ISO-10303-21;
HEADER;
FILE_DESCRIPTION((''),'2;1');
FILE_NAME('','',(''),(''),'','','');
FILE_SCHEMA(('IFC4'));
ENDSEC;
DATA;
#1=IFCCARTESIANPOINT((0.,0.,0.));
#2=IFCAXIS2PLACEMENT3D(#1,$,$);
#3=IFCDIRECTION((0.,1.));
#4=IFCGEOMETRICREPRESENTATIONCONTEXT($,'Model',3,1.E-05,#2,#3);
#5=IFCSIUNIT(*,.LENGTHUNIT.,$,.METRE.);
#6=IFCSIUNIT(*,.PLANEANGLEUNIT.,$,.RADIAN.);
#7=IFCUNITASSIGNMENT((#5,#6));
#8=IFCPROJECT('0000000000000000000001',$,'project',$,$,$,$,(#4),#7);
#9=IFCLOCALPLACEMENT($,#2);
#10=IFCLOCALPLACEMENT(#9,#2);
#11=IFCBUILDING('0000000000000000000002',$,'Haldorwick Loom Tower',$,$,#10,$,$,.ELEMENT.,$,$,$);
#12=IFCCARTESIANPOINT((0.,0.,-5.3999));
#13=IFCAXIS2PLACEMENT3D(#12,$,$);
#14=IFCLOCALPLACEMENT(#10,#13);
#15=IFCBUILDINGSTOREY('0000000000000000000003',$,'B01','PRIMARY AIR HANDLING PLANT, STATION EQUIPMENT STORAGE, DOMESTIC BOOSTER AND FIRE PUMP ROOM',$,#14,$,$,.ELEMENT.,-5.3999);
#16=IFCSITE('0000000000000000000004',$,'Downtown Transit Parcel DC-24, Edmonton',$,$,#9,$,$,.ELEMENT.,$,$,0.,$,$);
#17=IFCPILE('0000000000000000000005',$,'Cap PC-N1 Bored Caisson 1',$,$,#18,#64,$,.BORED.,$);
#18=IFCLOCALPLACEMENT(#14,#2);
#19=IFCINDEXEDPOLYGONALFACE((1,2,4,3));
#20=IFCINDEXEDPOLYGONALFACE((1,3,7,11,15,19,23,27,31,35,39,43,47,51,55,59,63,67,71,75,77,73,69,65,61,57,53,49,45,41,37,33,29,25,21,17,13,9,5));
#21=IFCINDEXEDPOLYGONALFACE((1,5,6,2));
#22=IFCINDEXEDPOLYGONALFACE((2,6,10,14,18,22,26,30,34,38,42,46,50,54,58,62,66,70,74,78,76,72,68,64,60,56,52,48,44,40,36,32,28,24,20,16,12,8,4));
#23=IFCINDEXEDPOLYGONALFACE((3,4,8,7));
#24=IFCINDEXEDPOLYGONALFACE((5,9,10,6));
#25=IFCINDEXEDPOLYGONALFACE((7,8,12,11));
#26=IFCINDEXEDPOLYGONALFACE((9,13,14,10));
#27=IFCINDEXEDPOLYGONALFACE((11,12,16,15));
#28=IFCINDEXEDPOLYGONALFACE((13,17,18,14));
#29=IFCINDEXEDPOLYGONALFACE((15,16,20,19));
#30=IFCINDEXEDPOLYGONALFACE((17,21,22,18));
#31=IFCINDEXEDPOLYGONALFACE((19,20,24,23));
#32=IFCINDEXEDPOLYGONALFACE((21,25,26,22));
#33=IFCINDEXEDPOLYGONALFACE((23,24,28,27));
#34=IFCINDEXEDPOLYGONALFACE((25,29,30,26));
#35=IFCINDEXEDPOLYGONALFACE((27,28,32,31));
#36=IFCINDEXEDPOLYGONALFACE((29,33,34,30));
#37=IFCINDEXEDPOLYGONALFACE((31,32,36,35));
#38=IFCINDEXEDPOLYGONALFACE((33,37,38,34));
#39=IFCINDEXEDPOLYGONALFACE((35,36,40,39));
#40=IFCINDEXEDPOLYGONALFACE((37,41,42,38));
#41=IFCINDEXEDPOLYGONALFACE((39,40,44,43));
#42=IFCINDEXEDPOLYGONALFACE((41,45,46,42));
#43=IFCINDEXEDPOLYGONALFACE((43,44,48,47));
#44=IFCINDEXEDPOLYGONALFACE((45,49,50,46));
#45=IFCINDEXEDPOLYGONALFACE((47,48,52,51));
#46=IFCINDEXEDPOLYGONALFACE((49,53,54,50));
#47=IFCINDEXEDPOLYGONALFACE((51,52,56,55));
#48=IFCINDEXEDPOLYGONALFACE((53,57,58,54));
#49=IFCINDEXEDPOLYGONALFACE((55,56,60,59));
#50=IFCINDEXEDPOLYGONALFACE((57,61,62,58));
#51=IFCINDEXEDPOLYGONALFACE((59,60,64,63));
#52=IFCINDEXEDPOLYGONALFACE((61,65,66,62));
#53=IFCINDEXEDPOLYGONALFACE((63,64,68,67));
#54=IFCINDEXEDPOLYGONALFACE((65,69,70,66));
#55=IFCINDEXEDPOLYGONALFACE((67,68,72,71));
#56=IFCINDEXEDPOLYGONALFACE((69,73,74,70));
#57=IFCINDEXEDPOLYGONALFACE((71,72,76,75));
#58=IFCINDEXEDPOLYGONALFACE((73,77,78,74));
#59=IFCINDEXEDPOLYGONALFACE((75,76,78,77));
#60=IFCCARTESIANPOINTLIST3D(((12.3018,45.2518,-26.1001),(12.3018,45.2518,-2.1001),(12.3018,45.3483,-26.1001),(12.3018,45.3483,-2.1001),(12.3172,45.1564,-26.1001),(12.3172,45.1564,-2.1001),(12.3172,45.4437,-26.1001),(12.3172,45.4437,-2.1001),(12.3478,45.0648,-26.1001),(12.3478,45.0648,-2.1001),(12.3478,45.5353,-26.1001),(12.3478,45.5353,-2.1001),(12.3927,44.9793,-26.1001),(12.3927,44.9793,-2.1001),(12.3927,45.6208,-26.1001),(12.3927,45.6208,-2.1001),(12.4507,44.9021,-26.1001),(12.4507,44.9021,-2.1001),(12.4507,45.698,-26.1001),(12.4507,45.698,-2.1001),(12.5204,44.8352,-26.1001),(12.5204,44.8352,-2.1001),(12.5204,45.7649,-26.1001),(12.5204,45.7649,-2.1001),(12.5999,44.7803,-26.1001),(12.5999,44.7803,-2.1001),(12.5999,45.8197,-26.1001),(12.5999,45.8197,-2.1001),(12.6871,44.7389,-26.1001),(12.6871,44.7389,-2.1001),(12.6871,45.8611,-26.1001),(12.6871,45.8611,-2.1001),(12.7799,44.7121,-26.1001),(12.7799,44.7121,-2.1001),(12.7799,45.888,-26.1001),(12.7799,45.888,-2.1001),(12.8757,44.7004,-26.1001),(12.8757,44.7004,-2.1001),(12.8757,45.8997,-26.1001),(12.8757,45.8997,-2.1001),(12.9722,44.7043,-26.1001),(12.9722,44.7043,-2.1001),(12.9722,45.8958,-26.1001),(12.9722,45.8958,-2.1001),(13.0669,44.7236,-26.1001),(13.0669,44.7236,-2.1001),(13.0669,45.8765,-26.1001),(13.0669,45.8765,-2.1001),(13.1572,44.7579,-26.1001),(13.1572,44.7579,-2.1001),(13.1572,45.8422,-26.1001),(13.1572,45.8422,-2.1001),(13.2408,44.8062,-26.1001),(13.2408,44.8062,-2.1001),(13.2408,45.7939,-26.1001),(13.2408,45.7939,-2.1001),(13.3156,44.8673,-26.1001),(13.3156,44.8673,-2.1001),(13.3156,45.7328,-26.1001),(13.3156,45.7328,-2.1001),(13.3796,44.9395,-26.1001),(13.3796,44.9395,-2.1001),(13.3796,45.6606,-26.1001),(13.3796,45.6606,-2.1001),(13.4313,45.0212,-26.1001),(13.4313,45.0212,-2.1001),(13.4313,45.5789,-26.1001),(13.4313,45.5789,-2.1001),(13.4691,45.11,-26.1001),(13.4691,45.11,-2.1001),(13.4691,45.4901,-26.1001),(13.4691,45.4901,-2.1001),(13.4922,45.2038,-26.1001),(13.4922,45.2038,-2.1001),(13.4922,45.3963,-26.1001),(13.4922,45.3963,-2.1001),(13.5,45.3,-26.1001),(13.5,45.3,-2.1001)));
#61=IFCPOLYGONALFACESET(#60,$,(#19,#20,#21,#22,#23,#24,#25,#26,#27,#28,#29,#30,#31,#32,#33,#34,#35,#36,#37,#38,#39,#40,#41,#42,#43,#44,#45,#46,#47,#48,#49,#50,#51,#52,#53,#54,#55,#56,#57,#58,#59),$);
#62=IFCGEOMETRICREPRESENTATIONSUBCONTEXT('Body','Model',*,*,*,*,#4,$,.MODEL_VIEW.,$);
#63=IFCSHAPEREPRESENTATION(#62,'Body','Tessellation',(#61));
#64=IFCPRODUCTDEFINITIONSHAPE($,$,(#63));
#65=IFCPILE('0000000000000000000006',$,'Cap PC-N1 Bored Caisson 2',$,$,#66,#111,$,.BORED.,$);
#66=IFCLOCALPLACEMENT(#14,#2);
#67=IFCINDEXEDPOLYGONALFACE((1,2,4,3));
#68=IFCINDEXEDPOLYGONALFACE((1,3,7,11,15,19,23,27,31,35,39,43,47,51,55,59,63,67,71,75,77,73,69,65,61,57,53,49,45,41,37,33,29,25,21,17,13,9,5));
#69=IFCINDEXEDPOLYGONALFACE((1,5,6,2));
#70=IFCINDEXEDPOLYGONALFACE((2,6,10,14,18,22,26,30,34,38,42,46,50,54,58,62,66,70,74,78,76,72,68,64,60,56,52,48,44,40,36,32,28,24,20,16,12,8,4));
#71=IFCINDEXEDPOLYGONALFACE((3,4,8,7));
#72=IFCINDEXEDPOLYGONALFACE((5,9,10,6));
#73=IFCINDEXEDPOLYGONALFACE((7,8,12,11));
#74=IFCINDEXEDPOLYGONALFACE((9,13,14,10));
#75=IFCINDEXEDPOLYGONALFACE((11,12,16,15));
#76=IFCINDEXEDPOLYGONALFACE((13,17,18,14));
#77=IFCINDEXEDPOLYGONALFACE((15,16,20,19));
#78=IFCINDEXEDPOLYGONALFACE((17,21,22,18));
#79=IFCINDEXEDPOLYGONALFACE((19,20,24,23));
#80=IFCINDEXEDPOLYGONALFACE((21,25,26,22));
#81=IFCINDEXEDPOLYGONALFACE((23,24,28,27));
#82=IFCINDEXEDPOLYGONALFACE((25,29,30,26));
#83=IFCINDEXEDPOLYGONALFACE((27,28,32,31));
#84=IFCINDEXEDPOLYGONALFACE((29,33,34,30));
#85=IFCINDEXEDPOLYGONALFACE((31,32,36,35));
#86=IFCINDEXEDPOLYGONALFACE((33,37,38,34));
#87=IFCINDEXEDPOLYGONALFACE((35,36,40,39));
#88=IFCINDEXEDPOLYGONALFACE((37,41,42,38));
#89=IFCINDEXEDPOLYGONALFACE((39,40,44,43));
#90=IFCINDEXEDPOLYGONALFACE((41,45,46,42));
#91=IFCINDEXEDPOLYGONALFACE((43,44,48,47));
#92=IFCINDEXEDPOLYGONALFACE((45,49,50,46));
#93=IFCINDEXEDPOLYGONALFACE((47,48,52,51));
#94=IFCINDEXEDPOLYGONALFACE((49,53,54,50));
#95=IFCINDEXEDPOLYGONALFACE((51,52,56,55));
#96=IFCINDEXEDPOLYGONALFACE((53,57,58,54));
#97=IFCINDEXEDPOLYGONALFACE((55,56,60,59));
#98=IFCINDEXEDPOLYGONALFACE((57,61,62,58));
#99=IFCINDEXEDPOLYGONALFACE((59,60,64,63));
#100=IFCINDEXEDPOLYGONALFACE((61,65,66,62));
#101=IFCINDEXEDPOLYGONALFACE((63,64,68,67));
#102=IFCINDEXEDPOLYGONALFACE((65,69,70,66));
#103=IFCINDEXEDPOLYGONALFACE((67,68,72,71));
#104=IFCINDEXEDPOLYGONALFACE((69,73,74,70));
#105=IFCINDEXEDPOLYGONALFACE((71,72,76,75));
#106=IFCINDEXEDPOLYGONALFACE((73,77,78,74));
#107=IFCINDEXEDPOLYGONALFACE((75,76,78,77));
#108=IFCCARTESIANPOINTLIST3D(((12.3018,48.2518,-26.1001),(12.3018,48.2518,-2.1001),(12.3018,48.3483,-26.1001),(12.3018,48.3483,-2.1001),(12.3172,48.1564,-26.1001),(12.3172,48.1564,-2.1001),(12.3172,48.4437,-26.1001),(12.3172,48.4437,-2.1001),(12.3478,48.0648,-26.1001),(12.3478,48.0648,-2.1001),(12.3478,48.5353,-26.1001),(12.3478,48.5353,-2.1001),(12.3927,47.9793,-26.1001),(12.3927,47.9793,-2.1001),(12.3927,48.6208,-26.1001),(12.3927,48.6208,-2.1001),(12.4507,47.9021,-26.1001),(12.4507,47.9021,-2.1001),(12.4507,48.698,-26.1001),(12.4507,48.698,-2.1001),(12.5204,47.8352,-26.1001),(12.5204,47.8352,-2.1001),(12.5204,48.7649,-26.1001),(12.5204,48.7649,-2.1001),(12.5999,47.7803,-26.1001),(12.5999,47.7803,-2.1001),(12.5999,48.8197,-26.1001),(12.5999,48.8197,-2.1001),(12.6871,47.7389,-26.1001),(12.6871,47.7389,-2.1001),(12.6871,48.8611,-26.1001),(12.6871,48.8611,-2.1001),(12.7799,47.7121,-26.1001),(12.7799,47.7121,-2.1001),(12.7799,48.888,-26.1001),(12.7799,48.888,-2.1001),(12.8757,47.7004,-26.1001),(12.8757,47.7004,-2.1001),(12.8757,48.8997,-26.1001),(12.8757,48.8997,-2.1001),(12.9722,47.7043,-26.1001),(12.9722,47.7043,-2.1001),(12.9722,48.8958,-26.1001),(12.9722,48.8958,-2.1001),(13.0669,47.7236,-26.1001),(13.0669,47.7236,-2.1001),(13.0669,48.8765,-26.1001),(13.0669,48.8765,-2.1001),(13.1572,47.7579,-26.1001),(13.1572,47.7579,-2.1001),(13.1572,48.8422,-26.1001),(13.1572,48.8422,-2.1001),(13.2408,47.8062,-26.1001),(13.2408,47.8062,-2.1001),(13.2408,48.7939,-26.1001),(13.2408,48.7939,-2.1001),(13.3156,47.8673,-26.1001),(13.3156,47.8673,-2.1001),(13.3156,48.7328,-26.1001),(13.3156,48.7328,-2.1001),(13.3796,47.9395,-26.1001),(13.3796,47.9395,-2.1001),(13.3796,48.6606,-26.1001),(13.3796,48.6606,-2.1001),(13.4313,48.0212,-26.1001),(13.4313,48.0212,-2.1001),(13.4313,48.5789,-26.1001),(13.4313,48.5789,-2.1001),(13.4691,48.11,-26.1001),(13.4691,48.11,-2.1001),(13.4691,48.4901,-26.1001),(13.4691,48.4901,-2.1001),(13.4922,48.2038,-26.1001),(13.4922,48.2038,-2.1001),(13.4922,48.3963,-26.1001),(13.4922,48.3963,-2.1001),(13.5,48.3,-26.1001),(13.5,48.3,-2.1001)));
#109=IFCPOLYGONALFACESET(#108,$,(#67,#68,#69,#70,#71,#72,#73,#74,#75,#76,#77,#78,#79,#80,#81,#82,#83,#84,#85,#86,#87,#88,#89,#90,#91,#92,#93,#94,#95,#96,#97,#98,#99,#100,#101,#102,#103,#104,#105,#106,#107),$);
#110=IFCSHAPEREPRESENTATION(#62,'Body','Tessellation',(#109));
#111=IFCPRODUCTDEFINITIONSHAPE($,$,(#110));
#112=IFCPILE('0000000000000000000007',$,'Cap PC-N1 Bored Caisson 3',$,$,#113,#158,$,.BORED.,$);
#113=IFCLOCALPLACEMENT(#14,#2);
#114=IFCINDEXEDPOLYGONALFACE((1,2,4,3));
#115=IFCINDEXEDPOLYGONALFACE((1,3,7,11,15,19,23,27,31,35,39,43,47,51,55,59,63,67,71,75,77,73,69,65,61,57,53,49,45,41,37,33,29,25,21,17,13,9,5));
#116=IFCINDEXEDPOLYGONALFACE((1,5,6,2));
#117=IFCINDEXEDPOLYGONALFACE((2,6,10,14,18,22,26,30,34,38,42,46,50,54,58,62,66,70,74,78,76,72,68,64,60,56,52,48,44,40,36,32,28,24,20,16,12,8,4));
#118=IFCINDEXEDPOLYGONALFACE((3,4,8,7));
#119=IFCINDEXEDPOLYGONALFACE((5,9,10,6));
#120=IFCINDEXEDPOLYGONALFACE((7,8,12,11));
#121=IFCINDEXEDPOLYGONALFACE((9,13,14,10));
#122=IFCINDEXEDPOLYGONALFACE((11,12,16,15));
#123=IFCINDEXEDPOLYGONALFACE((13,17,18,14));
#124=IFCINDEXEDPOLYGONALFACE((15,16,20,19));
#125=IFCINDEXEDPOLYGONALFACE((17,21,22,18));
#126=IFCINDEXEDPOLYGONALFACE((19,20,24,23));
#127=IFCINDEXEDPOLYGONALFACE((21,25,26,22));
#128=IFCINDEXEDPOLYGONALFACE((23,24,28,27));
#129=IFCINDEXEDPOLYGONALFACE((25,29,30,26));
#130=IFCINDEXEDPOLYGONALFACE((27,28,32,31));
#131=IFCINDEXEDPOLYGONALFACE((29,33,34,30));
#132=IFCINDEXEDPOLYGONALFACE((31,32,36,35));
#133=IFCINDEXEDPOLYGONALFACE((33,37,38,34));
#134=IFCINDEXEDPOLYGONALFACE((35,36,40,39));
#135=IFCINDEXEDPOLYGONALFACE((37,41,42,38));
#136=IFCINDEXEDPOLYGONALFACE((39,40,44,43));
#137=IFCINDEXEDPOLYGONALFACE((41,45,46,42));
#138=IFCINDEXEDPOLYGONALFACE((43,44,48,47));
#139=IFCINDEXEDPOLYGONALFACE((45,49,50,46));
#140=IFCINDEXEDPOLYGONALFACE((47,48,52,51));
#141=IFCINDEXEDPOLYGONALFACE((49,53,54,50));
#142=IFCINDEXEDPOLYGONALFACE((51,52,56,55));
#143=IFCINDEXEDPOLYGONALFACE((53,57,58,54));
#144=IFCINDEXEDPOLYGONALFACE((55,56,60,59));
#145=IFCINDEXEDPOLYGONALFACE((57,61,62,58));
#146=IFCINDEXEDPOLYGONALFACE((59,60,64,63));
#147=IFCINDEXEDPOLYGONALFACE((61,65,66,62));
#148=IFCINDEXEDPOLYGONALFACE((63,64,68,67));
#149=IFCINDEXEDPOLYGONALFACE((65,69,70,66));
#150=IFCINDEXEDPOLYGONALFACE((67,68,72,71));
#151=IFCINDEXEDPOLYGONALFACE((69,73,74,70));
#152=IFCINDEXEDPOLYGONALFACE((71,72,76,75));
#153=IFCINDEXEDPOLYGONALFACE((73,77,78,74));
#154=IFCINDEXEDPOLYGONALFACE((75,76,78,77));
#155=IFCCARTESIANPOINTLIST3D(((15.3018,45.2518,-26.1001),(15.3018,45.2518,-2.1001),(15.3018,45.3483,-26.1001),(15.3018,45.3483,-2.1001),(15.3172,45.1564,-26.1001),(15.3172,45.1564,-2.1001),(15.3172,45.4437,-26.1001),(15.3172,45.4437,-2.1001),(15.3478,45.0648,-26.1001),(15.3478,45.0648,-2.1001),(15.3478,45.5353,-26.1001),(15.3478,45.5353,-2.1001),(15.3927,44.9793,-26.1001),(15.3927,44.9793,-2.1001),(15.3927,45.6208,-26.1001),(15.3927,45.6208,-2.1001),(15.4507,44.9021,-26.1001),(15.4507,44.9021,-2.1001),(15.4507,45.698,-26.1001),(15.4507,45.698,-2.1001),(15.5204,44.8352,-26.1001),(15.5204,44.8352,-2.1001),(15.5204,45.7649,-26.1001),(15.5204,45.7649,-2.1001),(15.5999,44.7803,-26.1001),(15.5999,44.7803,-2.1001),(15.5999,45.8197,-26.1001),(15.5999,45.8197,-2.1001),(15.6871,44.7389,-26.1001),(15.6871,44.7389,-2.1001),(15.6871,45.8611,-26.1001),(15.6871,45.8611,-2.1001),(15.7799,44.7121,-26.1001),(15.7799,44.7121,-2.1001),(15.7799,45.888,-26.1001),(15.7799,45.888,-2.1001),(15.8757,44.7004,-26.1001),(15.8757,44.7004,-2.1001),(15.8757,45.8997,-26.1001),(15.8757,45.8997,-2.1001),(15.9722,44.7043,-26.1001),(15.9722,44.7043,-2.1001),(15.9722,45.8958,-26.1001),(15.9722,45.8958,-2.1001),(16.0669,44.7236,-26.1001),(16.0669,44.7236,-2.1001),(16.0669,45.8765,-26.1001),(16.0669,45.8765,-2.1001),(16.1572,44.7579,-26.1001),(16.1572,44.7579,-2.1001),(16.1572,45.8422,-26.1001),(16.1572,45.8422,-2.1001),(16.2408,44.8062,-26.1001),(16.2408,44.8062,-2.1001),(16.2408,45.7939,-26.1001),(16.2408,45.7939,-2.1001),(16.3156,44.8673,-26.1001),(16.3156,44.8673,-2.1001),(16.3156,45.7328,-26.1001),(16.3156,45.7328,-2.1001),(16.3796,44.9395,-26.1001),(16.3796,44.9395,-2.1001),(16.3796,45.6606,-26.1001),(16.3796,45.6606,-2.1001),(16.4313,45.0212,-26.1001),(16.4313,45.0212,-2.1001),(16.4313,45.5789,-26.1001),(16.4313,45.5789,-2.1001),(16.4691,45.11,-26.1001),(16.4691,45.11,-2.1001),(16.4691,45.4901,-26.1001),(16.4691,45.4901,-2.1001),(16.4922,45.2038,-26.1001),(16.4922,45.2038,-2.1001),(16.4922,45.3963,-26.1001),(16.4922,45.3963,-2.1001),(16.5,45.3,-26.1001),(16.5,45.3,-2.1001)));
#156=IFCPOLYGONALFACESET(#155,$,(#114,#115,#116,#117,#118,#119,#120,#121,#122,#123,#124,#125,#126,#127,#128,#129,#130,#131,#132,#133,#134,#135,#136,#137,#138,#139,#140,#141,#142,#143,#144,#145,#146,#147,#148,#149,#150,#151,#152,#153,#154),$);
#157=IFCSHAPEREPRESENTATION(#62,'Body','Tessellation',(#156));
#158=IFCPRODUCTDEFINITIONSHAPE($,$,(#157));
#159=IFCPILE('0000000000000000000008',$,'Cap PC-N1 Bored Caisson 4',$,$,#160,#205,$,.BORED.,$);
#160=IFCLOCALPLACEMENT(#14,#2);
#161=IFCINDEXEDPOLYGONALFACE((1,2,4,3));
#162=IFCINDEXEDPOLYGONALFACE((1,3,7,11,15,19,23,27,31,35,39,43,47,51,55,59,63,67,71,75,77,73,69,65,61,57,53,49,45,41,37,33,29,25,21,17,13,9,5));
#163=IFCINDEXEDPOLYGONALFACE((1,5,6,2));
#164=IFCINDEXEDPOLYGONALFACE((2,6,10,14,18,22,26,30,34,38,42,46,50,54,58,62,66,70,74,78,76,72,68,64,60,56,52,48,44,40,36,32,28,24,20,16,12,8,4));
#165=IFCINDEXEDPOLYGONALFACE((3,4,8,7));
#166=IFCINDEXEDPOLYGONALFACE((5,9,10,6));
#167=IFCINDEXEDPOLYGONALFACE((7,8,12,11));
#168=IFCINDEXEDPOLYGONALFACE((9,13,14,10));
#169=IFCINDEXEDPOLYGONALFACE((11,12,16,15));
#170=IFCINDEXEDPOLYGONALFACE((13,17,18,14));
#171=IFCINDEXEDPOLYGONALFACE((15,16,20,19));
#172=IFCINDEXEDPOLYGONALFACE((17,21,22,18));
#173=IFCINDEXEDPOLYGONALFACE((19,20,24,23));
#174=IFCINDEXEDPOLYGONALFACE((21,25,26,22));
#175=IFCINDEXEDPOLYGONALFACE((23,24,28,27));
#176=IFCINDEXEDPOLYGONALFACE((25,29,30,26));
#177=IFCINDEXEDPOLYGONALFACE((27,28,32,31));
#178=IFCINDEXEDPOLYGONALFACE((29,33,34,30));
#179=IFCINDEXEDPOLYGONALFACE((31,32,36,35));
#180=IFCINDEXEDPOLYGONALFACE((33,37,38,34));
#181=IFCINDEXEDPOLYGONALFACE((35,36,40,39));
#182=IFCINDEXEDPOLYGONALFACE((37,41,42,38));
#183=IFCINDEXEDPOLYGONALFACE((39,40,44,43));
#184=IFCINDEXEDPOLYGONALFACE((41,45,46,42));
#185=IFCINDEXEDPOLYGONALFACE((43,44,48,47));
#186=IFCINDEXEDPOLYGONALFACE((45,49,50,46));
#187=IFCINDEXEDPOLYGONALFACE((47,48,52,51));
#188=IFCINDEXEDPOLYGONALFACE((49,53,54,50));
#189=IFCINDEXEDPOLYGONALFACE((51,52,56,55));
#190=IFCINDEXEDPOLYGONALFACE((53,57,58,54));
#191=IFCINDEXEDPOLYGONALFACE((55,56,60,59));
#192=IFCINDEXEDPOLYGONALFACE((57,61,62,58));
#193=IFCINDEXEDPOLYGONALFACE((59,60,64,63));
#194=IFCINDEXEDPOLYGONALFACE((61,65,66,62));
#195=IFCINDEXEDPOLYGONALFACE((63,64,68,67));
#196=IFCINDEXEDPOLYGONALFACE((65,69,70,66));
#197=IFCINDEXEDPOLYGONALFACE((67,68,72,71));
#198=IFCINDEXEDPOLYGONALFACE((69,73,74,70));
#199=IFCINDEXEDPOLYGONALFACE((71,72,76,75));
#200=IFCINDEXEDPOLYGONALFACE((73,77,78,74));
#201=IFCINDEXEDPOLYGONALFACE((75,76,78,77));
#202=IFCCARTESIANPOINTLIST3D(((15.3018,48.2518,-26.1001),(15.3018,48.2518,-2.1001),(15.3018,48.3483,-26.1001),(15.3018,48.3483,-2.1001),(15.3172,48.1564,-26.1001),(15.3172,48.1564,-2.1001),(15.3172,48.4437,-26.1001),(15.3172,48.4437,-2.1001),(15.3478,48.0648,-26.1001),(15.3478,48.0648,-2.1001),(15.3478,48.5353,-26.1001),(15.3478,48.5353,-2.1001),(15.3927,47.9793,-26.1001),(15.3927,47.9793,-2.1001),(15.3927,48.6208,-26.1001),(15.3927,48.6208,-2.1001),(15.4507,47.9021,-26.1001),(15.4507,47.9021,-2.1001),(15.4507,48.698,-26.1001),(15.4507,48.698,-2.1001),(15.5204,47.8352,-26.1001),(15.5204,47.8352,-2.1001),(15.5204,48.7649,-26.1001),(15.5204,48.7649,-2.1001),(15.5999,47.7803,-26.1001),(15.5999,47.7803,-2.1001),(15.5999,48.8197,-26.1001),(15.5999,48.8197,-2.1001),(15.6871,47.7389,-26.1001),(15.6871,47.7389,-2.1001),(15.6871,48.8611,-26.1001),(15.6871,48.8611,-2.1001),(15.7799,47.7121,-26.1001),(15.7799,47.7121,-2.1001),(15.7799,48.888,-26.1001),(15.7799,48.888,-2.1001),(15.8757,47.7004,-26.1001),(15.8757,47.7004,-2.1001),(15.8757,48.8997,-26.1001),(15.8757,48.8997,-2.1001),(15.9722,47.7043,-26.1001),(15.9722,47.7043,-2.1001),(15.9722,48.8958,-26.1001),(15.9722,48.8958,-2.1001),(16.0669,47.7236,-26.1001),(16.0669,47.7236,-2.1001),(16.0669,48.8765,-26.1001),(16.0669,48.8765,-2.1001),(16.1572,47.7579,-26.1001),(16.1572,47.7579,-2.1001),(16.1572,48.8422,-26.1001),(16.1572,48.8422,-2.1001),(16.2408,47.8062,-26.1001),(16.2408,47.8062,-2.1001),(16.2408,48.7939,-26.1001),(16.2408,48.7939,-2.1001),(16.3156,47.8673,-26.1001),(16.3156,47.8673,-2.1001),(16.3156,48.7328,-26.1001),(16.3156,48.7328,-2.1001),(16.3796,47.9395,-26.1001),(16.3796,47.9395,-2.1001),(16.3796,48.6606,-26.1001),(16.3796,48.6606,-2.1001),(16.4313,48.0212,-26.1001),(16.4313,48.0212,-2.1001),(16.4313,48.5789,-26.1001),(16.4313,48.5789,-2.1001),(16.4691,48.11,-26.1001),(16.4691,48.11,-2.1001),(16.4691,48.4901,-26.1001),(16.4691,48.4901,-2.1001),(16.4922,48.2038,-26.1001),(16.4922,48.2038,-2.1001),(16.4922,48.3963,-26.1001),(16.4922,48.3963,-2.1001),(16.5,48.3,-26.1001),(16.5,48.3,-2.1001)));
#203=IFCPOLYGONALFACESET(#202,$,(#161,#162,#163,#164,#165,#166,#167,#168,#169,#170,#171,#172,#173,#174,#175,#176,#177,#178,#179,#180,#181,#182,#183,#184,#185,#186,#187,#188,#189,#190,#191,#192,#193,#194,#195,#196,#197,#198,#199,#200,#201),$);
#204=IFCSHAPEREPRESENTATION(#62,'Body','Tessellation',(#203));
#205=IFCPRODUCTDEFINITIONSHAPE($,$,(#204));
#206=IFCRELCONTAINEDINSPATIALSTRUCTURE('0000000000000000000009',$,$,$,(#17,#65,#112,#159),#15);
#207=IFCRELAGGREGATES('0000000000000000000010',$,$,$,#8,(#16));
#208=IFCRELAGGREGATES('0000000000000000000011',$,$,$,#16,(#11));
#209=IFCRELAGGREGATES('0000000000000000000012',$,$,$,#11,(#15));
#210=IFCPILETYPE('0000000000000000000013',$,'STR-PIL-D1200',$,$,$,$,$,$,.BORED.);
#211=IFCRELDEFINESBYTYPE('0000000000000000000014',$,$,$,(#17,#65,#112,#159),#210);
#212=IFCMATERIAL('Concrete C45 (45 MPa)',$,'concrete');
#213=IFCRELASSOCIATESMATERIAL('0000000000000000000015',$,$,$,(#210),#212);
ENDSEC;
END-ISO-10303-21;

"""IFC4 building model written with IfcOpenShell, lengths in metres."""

from ifc_helpers import new_model, si_unit, direction, frame, origin, origin_2d, place, context, subcontext, project, spatial, circle, extrude, material, material_profile, profile_set, type_object, element, save


model = new_model("IFC4")

# Units and contexts
model_context = context("Model", 3, precision=1e-05, world=origin(), true_north=direction((0.0, 1.0)))
body_context = subcontext(model_context, "Body", "Model", "MODEL_VIEW")
ifc_project = project(units=[si_unit("LENGTHUNIT", "METRE"), si_unit("PLANEANGLEUNIT", "RADIAN")], contexts=[model_context])

# Site, building, storey
site_placement = place(None, origin())
site = spatial("IfcSite", under=ifc_project, at=site_placement, Name="Downtown Transit Parcel DC-24, Edmonton", CompositionType="ELEMENT", RefElevation=0.0)
building_placement = place(site_placement, origin())
building = spatial("IfcBuilding", under=site, at=building_placement, Name="Haldorwick Loom Tower", CompositionType="ELEMENT")
storey_placement = place(building_placement, frame((0.0, 0.0, -5.3999)))
storey = spatial("IfcBuildingStorey", under=building, at=storey_placement, Name="B01", Description="PRIMARY AIR HANDLING PLANT, STATION EQUIPMENT STORAGE, DOMESTIC BOOSTER AND FIRE PUMP ROOM", CompositionType="ELEMENT", Elevation=-5.3999)

# Shared definitions
ifc_material_1 = material(Name="Concrete C45 (45 MPa)", Category="concrete")

# Piles
ifc_material_profile_1 = material_profile(ifc_material_1, circle(Radius=0.6001, at=origin_2d()), Name="CAISSON_D1200", Category="concrete")
ifc_profile_set_1 = profile_set([ifc_material_profile_1], Name="Concrete C45 (45 MPa)")
pile_type = type_object("IfcPileType", Name="STR-PIL-D1200", PredefinedType="BORED", material=ifc_profile_set_1)
for number, where, z_axis, x_axis, name in (
    (1, (12.8999, 45.3, -2.1001), (0.0, 0.0, -1.0), (1.0, 0.0, 0.0), "Cap PC-N1 Bored Caisson 1"),
    (2, (12.8999, 48.3, -2.1001), (0.0, 0.0, -1.0), (1.0, 0.0, 0.0), "Cap PC-N1 Bored Caisson 2"),
    (3, (15.8999, 45.3, -2.1001), (0.0, 0.0, -1.0), (1.0, 0.0, 0.0), "Cap PC-N1 Bored Caisson 3"),
    (4, (15.8999, 48.3, -2.1001), (0.0, 0.0, -1.0), (1.0, 0.0, 0.0), "Cap PC-N1 Bored Caisson 4"),
):
    element("IfcPile", number, at=place(storey_placement, frame(where, z_axis=z_axis, x_axis=x_axis)), inside=storey, type_object=pile_type, Name=name, PredefinedType="BORED", context=body_context, shape_type="SweptSolid", body=[
        extrude(circle(Radius=0.6001, at=origin_2d()), origin(), (0.0, 0.0, 1.0), 24.0),
    ])

save(model, "model.ifc")
